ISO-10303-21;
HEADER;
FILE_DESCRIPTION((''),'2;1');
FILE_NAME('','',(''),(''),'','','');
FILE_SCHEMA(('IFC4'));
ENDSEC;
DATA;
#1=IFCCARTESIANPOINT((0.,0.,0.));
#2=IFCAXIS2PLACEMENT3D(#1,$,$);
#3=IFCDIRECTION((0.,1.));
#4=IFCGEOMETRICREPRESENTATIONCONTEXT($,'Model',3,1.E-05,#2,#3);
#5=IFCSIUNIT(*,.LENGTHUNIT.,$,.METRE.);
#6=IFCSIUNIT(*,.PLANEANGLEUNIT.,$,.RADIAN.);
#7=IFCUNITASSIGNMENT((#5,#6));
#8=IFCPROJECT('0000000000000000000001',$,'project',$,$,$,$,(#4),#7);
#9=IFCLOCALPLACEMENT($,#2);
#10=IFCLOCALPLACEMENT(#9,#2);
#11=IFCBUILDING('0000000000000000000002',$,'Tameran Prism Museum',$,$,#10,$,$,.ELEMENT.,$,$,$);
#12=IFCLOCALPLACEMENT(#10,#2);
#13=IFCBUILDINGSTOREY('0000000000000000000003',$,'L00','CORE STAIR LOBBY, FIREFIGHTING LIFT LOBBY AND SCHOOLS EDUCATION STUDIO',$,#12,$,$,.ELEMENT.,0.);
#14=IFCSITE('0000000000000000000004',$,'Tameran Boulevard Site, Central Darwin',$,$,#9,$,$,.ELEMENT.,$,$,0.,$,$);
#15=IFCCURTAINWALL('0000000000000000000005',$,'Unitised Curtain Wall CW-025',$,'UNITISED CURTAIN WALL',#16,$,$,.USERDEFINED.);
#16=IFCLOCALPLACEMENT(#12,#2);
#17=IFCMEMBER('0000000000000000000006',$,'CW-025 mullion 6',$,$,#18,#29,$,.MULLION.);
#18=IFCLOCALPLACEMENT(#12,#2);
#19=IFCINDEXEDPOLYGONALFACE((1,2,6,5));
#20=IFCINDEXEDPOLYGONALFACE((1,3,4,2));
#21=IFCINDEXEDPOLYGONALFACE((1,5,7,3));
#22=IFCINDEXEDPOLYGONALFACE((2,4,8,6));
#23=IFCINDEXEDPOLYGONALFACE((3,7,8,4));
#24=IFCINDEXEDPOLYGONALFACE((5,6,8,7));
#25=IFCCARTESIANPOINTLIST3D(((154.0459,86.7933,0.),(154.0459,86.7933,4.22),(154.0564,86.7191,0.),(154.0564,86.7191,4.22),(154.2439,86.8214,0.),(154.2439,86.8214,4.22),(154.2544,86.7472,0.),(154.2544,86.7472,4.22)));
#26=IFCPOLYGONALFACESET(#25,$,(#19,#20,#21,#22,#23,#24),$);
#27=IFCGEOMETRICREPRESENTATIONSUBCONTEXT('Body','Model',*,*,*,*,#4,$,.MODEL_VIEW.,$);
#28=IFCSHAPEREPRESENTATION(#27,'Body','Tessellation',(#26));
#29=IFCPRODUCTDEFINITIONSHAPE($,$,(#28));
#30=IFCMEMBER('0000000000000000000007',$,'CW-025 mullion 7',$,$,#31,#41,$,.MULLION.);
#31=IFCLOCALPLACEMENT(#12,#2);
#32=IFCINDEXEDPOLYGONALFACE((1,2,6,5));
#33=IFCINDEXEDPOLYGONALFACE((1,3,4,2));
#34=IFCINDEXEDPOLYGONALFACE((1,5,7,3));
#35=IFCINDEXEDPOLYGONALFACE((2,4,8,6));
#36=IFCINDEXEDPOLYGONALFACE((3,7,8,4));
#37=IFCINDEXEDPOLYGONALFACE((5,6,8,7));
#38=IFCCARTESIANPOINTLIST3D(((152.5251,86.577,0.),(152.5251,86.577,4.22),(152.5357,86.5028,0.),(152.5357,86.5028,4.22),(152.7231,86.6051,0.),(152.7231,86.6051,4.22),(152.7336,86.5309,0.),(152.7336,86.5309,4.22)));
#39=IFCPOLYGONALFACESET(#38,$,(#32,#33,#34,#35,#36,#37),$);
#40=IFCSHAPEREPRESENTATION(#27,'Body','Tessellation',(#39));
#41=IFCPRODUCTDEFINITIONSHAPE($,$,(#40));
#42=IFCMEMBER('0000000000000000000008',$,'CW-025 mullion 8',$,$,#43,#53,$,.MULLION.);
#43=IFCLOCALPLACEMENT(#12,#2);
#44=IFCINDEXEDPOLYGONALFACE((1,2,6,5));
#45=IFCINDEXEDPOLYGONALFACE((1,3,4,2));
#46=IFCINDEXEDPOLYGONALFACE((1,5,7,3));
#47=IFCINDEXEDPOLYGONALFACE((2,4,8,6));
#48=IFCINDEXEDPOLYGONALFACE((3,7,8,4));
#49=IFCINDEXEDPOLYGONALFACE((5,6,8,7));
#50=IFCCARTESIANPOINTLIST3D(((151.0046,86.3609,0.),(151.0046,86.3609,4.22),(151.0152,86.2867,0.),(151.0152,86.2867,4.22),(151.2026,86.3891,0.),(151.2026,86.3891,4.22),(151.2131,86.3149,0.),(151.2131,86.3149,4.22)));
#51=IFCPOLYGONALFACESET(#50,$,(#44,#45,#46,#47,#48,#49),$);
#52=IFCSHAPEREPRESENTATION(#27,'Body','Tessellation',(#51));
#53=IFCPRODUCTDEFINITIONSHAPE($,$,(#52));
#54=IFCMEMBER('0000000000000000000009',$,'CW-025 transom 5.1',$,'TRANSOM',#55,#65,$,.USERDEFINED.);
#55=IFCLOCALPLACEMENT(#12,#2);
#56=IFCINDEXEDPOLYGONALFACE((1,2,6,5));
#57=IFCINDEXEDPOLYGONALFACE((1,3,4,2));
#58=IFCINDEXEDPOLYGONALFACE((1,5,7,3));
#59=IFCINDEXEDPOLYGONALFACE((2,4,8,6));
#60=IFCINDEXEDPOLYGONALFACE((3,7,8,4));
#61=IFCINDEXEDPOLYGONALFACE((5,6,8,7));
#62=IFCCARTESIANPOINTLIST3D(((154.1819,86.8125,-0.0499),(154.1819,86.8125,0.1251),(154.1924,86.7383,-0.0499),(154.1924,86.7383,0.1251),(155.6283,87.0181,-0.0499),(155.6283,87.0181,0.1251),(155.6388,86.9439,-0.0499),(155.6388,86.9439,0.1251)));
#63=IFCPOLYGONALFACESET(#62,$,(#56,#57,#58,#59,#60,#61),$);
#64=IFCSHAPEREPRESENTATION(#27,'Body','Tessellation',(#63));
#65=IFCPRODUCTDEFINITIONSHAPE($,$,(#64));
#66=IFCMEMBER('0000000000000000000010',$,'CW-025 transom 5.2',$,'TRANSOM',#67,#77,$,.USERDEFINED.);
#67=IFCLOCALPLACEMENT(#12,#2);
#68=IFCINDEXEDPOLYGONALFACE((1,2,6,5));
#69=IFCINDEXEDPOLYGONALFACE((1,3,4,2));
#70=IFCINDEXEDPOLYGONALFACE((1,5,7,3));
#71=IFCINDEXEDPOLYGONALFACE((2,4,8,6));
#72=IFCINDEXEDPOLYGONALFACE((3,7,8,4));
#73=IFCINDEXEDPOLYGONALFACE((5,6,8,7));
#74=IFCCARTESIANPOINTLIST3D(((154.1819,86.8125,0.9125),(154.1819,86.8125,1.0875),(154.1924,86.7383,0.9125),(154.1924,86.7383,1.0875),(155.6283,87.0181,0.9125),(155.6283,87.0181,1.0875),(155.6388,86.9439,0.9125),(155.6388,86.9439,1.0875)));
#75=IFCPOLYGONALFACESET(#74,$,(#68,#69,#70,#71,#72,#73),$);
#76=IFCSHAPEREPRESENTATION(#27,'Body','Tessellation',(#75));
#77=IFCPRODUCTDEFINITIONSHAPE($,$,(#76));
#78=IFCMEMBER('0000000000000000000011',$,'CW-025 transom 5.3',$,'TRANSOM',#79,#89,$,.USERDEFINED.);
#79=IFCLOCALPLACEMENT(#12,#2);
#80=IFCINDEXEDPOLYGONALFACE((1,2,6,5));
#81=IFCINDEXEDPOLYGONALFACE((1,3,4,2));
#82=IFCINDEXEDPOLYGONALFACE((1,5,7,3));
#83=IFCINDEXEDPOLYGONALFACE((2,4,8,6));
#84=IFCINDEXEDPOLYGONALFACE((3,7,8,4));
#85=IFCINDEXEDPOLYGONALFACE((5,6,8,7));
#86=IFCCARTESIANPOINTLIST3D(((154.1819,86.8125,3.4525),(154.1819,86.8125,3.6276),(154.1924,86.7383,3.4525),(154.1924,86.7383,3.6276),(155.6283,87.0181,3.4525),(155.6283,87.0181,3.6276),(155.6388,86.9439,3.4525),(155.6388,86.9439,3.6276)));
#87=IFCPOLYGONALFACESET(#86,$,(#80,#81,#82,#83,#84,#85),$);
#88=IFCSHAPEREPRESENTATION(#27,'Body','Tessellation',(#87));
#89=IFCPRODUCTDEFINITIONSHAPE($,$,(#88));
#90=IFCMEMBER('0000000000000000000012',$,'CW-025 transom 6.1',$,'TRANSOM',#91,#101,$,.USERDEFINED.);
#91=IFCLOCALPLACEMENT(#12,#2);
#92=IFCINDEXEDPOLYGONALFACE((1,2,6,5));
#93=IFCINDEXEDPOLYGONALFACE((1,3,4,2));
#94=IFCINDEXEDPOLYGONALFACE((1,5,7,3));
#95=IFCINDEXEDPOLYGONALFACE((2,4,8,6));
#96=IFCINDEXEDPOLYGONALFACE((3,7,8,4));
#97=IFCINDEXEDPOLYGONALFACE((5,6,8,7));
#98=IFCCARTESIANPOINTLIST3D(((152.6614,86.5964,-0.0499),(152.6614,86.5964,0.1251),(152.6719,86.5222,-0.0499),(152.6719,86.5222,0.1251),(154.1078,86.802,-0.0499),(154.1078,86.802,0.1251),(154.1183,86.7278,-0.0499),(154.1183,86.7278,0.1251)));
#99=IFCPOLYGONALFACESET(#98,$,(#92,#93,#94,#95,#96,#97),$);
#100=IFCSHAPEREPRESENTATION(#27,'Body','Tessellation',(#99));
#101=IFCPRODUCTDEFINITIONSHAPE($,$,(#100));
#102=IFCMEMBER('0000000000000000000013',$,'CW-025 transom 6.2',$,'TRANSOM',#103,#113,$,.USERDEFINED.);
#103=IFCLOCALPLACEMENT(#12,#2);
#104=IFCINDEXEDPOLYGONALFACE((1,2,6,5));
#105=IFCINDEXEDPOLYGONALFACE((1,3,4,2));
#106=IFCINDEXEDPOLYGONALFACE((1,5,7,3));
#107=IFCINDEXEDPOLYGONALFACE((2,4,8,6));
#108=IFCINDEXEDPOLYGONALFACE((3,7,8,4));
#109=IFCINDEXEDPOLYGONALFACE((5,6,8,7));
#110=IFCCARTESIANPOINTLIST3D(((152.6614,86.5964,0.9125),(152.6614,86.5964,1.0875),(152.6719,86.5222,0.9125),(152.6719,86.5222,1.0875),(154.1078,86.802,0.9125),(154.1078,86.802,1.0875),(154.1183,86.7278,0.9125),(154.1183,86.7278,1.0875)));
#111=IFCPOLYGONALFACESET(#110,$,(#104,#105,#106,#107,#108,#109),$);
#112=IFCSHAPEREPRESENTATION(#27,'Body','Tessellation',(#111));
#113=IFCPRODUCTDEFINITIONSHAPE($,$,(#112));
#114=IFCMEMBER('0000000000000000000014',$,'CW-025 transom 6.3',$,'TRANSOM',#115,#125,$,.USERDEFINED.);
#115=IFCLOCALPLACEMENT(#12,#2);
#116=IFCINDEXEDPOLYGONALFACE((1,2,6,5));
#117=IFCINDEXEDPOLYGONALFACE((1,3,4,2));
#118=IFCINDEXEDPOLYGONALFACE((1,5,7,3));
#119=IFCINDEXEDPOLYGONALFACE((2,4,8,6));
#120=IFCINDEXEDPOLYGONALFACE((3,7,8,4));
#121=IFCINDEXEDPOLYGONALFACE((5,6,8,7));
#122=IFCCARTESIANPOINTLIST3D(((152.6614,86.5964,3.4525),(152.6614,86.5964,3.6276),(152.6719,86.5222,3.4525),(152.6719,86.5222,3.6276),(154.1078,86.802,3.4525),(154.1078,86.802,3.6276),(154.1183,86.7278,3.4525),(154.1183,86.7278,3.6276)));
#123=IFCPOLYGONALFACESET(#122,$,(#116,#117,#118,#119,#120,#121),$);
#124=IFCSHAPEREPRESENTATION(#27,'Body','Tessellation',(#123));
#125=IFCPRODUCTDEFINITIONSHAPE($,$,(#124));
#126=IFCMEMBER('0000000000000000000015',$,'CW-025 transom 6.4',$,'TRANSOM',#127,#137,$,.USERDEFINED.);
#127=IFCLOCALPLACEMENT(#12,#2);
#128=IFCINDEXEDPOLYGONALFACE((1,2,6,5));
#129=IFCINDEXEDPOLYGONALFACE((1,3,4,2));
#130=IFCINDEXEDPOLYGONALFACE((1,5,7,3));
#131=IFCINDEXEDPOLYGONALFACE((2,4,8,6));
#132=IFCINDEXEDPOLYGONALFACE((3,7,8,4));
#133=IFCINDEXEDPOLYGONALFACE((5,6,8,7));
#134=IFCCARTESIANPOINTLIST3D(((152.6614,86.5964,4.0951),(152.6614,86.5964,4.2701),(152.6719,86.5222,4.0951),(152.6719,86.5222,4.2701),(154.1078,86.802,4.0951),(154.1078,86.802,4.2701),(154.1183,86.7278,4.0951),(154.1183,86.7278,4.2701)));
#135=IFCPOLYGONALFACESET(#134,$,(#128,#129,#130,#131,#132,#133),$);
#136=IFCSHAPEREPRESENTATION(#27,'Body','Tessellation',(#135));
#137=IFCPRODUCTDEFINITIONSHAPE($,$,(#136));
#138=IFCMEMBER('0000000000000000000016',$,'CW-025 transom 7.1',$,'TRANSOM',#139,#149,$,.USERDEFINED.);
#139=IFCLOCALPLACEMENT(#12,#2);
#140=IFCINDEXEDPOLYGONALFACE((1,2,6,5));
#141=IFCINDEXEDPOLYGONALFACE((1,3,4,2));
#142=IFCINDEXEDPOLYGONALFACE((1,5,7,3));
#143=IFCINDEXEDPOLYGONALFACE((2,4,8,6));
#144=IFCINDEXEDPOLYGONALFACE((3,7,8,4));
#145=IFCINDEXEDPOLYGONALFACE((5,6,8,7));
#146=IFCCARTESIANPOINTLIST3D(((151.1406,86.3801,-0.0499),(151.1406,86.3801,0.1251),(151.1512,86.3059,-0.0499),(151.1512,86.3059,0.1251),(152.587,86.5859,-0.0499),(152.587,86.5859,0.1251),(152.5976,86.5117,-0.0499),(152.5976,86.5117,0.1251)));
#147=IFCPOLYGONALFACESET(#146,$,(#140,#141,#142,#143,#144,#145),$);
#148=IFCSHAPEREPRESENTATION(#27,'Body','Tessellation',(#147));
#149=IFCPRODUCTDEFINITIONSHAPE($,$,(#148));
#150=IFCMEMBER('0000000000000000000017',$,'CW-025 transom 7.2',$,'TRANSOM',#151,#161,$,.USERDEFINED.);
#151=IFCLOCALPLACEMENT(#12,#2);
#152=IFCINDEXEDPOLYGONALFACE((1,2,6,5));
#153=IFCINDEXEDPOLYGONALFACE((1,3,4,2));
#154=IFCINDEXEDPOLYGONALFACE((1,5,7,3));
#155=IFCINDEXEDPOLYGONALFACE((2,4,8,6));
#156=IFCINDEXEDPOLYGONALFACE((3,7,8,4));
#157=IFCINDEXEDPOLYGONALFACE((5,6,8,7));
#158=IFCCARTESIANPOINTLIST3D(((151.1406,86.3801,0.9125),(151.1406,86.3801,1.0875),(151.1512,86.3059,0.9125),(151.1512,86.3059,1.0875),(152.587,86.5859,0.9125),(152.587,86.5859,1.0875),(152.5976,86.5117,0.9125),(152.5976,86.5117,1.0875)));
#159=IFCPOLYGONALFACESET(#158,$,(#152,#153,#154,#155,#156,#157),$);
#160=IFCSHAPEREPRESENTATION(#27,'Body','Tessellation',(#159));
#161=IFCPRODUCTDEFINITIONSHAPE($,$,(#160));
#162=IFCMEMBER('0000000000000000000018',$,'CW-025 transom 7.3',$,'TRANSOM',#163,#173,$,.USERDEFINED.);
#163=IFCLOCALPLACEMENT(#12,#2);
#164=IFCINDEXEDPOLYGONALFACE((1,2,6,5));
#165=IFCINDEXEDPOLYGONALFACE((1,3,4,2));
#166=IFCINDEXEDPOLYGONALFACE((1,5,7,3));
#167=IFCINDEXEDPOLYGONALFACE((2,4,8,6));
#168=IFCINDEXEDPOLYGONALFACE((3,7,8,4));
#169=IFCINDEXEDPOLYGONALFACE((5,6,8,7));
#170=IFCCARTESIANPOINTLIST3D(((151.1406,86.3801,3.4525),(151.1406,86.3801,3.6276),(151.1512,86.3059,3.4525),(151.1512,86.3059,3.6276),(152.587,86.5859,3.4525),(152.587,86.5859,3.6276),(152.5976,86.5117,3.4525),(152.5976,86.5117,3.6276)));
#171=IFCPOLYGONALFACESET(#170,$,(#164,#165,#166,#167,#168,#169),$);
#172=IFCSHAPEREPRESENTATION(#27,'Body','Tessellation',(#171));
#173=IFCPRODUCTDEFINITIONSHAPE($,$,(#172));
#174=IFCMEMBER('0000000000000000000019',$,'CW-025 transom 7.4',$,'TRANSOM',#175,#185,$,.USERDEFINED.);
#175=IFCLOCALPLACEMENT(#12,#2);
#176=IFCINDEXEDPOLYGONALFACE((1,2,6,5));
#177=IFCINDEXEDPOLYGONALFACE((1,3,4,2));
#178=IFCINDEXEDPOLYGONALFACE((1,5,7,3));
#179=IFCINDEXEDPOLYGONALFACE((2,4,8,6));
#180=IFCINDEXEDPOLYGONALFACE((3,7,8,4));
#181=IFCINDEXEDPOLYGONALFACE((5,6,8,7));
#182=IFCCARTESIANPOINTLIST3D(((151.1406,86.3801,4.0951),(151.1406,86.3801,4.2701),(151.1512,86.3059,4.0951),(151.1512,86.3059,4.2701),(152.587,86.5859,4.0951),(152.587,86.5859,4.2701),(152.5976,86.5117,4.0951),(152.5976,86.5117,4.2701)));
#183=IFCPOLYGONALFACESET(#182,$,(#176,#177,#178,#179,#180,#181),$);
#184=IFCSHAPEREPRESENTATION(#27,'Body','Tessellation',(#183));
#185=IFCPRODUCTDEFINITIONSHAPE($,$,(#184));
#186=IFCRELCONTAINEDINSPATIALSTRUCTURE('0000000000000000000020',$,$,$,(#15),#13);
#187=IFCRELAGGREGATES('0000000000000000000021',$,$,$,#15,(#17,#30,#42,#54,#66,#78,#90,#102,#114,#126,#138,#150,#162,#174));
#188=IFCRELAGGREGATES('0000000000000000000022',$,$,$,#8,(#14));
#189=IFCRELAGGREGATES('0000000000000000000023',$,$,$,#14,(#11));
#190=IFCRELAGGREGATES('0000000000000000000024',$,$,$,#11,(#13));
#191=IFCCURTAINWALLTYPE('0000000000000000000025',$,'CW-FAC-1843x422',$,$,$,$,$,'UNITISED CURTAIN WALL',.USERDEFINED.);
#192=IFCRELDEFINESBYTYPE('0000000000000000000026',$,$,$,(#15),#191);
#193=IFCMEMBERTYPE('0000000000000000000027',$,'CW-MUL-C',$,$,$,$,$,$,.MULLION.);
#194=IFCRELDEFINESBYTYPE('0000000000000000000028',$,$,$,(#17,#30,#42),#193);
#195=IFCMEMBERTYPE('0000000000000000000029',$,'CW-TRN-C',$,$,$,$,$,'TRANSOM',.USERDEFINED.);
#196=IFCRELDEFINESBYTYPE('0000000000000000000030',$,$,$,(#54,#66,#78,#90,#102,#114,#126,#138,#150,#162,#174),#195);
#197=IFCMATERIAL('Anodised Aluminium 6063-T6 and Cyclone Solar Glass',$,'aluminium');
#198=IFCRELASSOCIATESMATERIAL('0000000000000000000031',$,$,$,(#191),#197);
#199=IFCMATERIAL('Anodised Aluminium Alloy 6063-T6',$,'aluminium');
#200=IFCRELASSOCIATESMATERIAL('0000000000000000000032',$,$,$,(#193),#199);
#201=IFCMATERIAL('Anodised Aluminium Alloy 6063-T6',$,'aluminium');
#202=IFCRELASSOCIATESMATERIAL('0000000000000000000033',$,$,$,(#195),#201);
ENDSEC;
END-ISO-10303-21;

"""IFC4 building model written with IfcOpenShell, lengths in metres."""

from ifc_helpers import new_model, si_unit, direction, frame, origin, origin_2d, place, context, subcontext, project, spatial, rectangle, extrude, material, material_profile, profile_set, type_object, element, aggregate, save


model = new_model("IFC4")

# Units and contexts
model_context = context("Model", 3, precision=1e-05, world=origin(), true_north=direction((0.0, 1.0)))
body_context = subcontext(model_context, "Body", "Model", "MODEL_VIEW")
ifc_project = project(units=[si_unit("LENGTHUNIT", "METRE"), si_unit("PLANEANGLEUNIT", "RADIAN")], contexts=[model_context])

# Site, building, storey
site_placement = place(None, origin())
site = spatial("IfcSite", under=ifc_project, at=site_placement, Name="Tameran Boulevard Site, Central Darwin", CompositionType="ELEMENT", RefElevation=0.0)
building_placement = place(site_placement, origin())
building = spatial("IfcBuilding", under=site, at=building_placement, Name="Tameran Prism Museum", CompositionType="ELEMENT")
storey_placement = place(building_placement, origin())
storey = spatial("IfcBuildingStorey", under=building, at=storey_placement, Name="L00", Description="CORE STAIR LOBBY, FIREFIGHTING LIFT LOBBY AND SCHOOLS EDUCATION STUDIO", CompositionType="ELEMENT", Elevation=0.0)

# Curtain wall, members
ifc_material_1 = material(Name="Anodised Aluminium 6063-T6 and Cyclone Solar Glass", Category="aluminium")
curtain_wall_type = type_object("IfcCurtainWallType", Name="CW-FAC-1843x422", ElementType="UNITISED CURTAIN WALL", PredefinedType="USERDEFINED", material=ifc_material_1)
curtain_wall_placement = place(storey_placement, origin())
curtain_wall = element("IfcCurtainWall", 1, at=curtain_wall_placement, inside=storey, type_object=curtain_wall_type, Name="Unitised Curtain Wall CW-025", ObjectType="UNITISED CURTAIN WALL", PredefinedType="USERDEFINED")
ifc_material_2 = material(Name="Anodised Aluminium Alloy 6063-T6", Category="aluminium")
ifc_material_profile_1 = material_profile(ifc_material_2, rectangle(XDim=0.075, YDim=0.2, at=origin_2d()))
ifc_profile_set_1 = profile_set([ifc_material_profile_1])
member_type_1 = type_object("IfcMemberType", Name="CW-MUL-C", PredefinedType="MULLION", material=ifc_profile_set_1)
member_1_placement = place(storey_placement, frame((154.1501, 86.7703, 0.0), z_axis=(0.0, 0.0, 1.0), x_axis=(0.140745, -0.990046, 0.0)))
member_1 = element("IfcMember", 2, at=member_1_placement, type_object=member_type_1, Name="CW-025 mullion 6", PredefinedType="MULLION", context=body_context, shape_type="SweptSolid", body=[
    extrude(rectangle(XDim=0.075, YDim=0.2, at=origin_2d()), origin(), (0.0, 0.0, 1.0), 4.22),
])
member_2_placement = place(storey_placement, frame((152.6294, 86.554, 0.0), z_axis=(0.0, 0.0, 1.0), x_axis=(0.140745, -0.990046, 0.0)))
member_2 = element("IfcMember", 3, at=member_2_placement, type_object=member_type_1, Name="CW-025 mullion 7", PredefinedType="MULLION", context=body_context, shape_type="SweptSolid", body=[
    extrude(rectangle(XDim=0.075, YDim=0.2, at=origin_2d()), origin(), (0.0, 0.0, 1.0), 4.22),
])
member_3_placement = place(storey_placement, frame((151.1089, 86.3379, 0.0), z_axis=(0.0, 0.0, 1.0), x_axis=(0.140745, -0.990046, 0.0)))
member_3 = element("IfcMember", 4, at=member_3_placement, type_object=member_type_1, Name="CW-025 mullion 8", PredefinedType="MULLION", context=body_context, shape_type="SweptSolid", body=[
    extrude(rectangle(XDim=0.075, YDim=0.2, at=origin_2d()), origin(), (0.0, 0.0, 1.0), 4.22),
])
ifc_material_3 = material(Name="Anodised Aluminium Alloy 6063-T6", Category="aluminium")
ifc_material_profile_2 = material_profile(ifc_material_3, rectangle(XDim=0.075, YDim=0.175, at=origin_2d()))
ifc_profile_set_2 = profile_set([ifc_material_profile_2])
member_type_2 = type_object("IfcMemberType", Name="CW-TRN-C", ElementType="TRANSOM", PredefinedType="USERDEFINED", material=ifc_profile_set_2)
member_4_placement = place(storey_placement, frame((155.6335, 86.981, 0.0376), z_axis=(-0.99005, -0.140719, 0.0), x_axis=(0.140719, -0.99005, 0.0)))
member_4 = element("IfcMember", 5, at=member_4_placement, type_object=member_type_2, Name="CW-025 transom 5.1", ObjectType="TRANSOM", PredefinedType="USERDEFINED", context=body_context, shape_type="SweptSolid", body=[
    extrude(rectangle(XDim=0.075, YDim=0.175, at=origin_2d()), origin(), (0.0, 0.0, 1.0), 1.4609),
])
member_5_placement = place(storey_placement, frame((155.6335, 86.981, 1.0), z_axis=(-0.99005, -0.140719, 0.0), x_axis=(0.140719, -0.99005, 0.0)))
member_5 = element("IfcMember", 6, at=member_5_placement, type_object=member_type_2, Name="CW-025 transom 5.2", ObjectType="TRANSOM", PredefinedType="USERDEFINED", context=body_context, shape_type="SweptSolid", body=[
    extrude(rectangle(XDim=0.075, YDim=0.175, at=origin_2d()), origin(), (0.0, 0.0, 1.0), 1.4609),
])
member_6_placement = place(storey_placement, frame((155.6335, 86.981, 3.54), z_axis=(-0.99005, -0.140719, 0.0), x_axis=(0.140719, -0.99005, 0.0)))
member_6 = element("IfcMember", 7, at=member_6_placement, type_object=member_type_2, Name="CW-025 transom 5.3", ObjectType="TRANSOM", PredefinedType="USERDEFINED", context=body_context, shape_type="SweptSolid", body=[
    extrude(rectangle(XDim=0.075, YDim=0.175, at=origin_2d()), origin(), (0.0, 0.0, 1.0), 1.4609),
])
member_7_placement = place(storey_placement, frame((154.113, 86.7649, 0.0376), z_axis=(-0.99005, -0.140719, 0.0), x_axis=(0.140719, -0.99005, 0.0)))
member_7 = element("IfcMember", 8, at=member_7_placement, type_object=member_type_2, Name="CW-025 transom 6.1", ObjectType="TRANSOM", PredefinedType="USERDEFINED", context=body_context, shape_type="SweptSolid", body=[
    extrude(rectangle(XDim=0.075, YDim=0.175, at=origin_2d()), origin(), (0.0, 0.0, 1.0), 1.4609),
])
member_8_placement = place(storey_placement, frame((154.113, 86.7649, 1.0), z_axis=(-0.99005, -0.140719, 0.0), x_axis=(0.140719, -0.99005, 0.0)))
member_8 = element("IfcMember", 9, at=member_8_placement, type_object=member_type_2, Name="CW-025 transom 6.2", ObjectType="TRANSOM", PredefinedType="USERDEFINED", context=body_context, shape_type="SweptSolid", body=[
    extrude(rectangle(XDim=0.075, YDim=0.175, at=origin_2d()), origin(), (0.0, 0.0, 1.0), 1.4609),
])
member_9_placement = place(storey_placement, frame((154.113, 86.7649, 3.54), z_axis=(-0.99005, -0.140719, 0.0), x_axis=(0.140719, -0.99005, 0.0)))
member_9 = element("IfcMember", 10, at=member_9_placement, type_object=member_type_2, Name="CW-025 transom 6.3", ObjectType="TRANSOM", PredefinedType="USERDEFINED", context=body_context, shape_type="SweptSolid", body=[
    extrude(rectangle(XDim=0.075, YDim=0.175, at=origin_2d()), origin(), (0.0, 0.0, 1.0), 1.4609),
])
member_10_placement = place(storey_placement, frame((154.113, 86.7649, 4.1826), z_axis=(-0.99005, -0.140719, 0.0), x_axis=(0.140719, -0.99005, 0.0)))
member_10 = element("IfcMember", 11, at=member_10_placement, type_object=member_type_2, Name="CW-025 transom 6.4", ObjectType="TRANSOM", PredefinedType="USERDEFINED", context=body_context, shape_type="SweptSolid", body=[
    extrude(rectangle(XDim=0.075, YDim=0.175, at=origin_2d()), origin(), (0.0, 0.0, 1.0), 1.4609),
])
member_11_placement = place(storey_placement, frame((152.5923, 86.5488, 0.0376), z_axis=(-0.990026, -0.140883, 0.0), x_axis=(0.140883, -0.990026, 0.0)))
member_11 = element("IfcMember", 12, at=member_11_placement, type_object=member_type_2, Name="CW-025 transom 7.1", ObjectType="TRANSOM", PredefinedType="USERDEFINED", context=body_context, shape_type="SweptSolid", body=[
    extrude(rectangle(XDim=0.075, YDim=0.175, at=origin_2d()), origin(), (0.0, 0.0, 1.0), 1.4609),
])
member_12_placement = place(storey_placement, frame((152.5923, 86.5488, 1.0), z_axis=(-0.990026, -0.140883, 0.0), x_axis=(0.140883, -0.990026, 0.0)))
member_12 = element("IfcMember", 13, at=member_12_placement, type_object=member_type_2, Name="CW-025 transom 7.2", ObjectType="TRANSOM", PredefinedType="USERDEFINED", context=body_context, shape_type="SweptSolid", body=[
    extrude(rectangle(XDim=0.075, YDim=0.175, at=origin_2d()), origin(), (0.0, 0.0, 1.0), 1.4609),
])
member_13_placement = place(storey_placement, frame((152.5923, 86.5488, 3.54), z_axis=(-0.990026, -0.140883, 0.0), x_axis=(0.140883, -0.990026, 0.0)))
member_13 = element("IfcMember", 14, at=member_13_placement, type_object=member_type_2, Name="CW-025 transom 7.3", ObjectType="TRANSOM", PredefinedType="USERDEFINED", context=body_context, shape_type="SweptSolid", body=[
    extrude(rectangle(XDim=0.075, YDim=0.175, at=origin_2d()), origin(), (0.0, 0.0, 1.0), 1.4609),
])
member_14_placement = place(storey_placement, frame((152.5923, 86.5488, 4.1826), z_axis=(-0.990026, -0.140883, 0.0), x_axis=(0.140883, -0.990026, 0.0)))
member_14 = element("IfcMember", 15, at=member_14_placement, type_object=member_type_2, Name="CW-025 transom 7.4", ObjectType="TRANSOM", PredefinedType="USERDEFINED", context=body_context, shape_type="SweptSolid", body=[
    extrude(rectangle(XDim=0.075, YDim=0.175, at=origin_2d()), origin(), (0.0, 0.0, 1.0), 1.4609),
])
aggregate(curtain_wall, [member_1, member_2, member_3, member_4, member_5, member_6, member_7, member_8, member_9, member_10, member_11, member_12, member_13, member_14])

save(model, "model.ifc")
